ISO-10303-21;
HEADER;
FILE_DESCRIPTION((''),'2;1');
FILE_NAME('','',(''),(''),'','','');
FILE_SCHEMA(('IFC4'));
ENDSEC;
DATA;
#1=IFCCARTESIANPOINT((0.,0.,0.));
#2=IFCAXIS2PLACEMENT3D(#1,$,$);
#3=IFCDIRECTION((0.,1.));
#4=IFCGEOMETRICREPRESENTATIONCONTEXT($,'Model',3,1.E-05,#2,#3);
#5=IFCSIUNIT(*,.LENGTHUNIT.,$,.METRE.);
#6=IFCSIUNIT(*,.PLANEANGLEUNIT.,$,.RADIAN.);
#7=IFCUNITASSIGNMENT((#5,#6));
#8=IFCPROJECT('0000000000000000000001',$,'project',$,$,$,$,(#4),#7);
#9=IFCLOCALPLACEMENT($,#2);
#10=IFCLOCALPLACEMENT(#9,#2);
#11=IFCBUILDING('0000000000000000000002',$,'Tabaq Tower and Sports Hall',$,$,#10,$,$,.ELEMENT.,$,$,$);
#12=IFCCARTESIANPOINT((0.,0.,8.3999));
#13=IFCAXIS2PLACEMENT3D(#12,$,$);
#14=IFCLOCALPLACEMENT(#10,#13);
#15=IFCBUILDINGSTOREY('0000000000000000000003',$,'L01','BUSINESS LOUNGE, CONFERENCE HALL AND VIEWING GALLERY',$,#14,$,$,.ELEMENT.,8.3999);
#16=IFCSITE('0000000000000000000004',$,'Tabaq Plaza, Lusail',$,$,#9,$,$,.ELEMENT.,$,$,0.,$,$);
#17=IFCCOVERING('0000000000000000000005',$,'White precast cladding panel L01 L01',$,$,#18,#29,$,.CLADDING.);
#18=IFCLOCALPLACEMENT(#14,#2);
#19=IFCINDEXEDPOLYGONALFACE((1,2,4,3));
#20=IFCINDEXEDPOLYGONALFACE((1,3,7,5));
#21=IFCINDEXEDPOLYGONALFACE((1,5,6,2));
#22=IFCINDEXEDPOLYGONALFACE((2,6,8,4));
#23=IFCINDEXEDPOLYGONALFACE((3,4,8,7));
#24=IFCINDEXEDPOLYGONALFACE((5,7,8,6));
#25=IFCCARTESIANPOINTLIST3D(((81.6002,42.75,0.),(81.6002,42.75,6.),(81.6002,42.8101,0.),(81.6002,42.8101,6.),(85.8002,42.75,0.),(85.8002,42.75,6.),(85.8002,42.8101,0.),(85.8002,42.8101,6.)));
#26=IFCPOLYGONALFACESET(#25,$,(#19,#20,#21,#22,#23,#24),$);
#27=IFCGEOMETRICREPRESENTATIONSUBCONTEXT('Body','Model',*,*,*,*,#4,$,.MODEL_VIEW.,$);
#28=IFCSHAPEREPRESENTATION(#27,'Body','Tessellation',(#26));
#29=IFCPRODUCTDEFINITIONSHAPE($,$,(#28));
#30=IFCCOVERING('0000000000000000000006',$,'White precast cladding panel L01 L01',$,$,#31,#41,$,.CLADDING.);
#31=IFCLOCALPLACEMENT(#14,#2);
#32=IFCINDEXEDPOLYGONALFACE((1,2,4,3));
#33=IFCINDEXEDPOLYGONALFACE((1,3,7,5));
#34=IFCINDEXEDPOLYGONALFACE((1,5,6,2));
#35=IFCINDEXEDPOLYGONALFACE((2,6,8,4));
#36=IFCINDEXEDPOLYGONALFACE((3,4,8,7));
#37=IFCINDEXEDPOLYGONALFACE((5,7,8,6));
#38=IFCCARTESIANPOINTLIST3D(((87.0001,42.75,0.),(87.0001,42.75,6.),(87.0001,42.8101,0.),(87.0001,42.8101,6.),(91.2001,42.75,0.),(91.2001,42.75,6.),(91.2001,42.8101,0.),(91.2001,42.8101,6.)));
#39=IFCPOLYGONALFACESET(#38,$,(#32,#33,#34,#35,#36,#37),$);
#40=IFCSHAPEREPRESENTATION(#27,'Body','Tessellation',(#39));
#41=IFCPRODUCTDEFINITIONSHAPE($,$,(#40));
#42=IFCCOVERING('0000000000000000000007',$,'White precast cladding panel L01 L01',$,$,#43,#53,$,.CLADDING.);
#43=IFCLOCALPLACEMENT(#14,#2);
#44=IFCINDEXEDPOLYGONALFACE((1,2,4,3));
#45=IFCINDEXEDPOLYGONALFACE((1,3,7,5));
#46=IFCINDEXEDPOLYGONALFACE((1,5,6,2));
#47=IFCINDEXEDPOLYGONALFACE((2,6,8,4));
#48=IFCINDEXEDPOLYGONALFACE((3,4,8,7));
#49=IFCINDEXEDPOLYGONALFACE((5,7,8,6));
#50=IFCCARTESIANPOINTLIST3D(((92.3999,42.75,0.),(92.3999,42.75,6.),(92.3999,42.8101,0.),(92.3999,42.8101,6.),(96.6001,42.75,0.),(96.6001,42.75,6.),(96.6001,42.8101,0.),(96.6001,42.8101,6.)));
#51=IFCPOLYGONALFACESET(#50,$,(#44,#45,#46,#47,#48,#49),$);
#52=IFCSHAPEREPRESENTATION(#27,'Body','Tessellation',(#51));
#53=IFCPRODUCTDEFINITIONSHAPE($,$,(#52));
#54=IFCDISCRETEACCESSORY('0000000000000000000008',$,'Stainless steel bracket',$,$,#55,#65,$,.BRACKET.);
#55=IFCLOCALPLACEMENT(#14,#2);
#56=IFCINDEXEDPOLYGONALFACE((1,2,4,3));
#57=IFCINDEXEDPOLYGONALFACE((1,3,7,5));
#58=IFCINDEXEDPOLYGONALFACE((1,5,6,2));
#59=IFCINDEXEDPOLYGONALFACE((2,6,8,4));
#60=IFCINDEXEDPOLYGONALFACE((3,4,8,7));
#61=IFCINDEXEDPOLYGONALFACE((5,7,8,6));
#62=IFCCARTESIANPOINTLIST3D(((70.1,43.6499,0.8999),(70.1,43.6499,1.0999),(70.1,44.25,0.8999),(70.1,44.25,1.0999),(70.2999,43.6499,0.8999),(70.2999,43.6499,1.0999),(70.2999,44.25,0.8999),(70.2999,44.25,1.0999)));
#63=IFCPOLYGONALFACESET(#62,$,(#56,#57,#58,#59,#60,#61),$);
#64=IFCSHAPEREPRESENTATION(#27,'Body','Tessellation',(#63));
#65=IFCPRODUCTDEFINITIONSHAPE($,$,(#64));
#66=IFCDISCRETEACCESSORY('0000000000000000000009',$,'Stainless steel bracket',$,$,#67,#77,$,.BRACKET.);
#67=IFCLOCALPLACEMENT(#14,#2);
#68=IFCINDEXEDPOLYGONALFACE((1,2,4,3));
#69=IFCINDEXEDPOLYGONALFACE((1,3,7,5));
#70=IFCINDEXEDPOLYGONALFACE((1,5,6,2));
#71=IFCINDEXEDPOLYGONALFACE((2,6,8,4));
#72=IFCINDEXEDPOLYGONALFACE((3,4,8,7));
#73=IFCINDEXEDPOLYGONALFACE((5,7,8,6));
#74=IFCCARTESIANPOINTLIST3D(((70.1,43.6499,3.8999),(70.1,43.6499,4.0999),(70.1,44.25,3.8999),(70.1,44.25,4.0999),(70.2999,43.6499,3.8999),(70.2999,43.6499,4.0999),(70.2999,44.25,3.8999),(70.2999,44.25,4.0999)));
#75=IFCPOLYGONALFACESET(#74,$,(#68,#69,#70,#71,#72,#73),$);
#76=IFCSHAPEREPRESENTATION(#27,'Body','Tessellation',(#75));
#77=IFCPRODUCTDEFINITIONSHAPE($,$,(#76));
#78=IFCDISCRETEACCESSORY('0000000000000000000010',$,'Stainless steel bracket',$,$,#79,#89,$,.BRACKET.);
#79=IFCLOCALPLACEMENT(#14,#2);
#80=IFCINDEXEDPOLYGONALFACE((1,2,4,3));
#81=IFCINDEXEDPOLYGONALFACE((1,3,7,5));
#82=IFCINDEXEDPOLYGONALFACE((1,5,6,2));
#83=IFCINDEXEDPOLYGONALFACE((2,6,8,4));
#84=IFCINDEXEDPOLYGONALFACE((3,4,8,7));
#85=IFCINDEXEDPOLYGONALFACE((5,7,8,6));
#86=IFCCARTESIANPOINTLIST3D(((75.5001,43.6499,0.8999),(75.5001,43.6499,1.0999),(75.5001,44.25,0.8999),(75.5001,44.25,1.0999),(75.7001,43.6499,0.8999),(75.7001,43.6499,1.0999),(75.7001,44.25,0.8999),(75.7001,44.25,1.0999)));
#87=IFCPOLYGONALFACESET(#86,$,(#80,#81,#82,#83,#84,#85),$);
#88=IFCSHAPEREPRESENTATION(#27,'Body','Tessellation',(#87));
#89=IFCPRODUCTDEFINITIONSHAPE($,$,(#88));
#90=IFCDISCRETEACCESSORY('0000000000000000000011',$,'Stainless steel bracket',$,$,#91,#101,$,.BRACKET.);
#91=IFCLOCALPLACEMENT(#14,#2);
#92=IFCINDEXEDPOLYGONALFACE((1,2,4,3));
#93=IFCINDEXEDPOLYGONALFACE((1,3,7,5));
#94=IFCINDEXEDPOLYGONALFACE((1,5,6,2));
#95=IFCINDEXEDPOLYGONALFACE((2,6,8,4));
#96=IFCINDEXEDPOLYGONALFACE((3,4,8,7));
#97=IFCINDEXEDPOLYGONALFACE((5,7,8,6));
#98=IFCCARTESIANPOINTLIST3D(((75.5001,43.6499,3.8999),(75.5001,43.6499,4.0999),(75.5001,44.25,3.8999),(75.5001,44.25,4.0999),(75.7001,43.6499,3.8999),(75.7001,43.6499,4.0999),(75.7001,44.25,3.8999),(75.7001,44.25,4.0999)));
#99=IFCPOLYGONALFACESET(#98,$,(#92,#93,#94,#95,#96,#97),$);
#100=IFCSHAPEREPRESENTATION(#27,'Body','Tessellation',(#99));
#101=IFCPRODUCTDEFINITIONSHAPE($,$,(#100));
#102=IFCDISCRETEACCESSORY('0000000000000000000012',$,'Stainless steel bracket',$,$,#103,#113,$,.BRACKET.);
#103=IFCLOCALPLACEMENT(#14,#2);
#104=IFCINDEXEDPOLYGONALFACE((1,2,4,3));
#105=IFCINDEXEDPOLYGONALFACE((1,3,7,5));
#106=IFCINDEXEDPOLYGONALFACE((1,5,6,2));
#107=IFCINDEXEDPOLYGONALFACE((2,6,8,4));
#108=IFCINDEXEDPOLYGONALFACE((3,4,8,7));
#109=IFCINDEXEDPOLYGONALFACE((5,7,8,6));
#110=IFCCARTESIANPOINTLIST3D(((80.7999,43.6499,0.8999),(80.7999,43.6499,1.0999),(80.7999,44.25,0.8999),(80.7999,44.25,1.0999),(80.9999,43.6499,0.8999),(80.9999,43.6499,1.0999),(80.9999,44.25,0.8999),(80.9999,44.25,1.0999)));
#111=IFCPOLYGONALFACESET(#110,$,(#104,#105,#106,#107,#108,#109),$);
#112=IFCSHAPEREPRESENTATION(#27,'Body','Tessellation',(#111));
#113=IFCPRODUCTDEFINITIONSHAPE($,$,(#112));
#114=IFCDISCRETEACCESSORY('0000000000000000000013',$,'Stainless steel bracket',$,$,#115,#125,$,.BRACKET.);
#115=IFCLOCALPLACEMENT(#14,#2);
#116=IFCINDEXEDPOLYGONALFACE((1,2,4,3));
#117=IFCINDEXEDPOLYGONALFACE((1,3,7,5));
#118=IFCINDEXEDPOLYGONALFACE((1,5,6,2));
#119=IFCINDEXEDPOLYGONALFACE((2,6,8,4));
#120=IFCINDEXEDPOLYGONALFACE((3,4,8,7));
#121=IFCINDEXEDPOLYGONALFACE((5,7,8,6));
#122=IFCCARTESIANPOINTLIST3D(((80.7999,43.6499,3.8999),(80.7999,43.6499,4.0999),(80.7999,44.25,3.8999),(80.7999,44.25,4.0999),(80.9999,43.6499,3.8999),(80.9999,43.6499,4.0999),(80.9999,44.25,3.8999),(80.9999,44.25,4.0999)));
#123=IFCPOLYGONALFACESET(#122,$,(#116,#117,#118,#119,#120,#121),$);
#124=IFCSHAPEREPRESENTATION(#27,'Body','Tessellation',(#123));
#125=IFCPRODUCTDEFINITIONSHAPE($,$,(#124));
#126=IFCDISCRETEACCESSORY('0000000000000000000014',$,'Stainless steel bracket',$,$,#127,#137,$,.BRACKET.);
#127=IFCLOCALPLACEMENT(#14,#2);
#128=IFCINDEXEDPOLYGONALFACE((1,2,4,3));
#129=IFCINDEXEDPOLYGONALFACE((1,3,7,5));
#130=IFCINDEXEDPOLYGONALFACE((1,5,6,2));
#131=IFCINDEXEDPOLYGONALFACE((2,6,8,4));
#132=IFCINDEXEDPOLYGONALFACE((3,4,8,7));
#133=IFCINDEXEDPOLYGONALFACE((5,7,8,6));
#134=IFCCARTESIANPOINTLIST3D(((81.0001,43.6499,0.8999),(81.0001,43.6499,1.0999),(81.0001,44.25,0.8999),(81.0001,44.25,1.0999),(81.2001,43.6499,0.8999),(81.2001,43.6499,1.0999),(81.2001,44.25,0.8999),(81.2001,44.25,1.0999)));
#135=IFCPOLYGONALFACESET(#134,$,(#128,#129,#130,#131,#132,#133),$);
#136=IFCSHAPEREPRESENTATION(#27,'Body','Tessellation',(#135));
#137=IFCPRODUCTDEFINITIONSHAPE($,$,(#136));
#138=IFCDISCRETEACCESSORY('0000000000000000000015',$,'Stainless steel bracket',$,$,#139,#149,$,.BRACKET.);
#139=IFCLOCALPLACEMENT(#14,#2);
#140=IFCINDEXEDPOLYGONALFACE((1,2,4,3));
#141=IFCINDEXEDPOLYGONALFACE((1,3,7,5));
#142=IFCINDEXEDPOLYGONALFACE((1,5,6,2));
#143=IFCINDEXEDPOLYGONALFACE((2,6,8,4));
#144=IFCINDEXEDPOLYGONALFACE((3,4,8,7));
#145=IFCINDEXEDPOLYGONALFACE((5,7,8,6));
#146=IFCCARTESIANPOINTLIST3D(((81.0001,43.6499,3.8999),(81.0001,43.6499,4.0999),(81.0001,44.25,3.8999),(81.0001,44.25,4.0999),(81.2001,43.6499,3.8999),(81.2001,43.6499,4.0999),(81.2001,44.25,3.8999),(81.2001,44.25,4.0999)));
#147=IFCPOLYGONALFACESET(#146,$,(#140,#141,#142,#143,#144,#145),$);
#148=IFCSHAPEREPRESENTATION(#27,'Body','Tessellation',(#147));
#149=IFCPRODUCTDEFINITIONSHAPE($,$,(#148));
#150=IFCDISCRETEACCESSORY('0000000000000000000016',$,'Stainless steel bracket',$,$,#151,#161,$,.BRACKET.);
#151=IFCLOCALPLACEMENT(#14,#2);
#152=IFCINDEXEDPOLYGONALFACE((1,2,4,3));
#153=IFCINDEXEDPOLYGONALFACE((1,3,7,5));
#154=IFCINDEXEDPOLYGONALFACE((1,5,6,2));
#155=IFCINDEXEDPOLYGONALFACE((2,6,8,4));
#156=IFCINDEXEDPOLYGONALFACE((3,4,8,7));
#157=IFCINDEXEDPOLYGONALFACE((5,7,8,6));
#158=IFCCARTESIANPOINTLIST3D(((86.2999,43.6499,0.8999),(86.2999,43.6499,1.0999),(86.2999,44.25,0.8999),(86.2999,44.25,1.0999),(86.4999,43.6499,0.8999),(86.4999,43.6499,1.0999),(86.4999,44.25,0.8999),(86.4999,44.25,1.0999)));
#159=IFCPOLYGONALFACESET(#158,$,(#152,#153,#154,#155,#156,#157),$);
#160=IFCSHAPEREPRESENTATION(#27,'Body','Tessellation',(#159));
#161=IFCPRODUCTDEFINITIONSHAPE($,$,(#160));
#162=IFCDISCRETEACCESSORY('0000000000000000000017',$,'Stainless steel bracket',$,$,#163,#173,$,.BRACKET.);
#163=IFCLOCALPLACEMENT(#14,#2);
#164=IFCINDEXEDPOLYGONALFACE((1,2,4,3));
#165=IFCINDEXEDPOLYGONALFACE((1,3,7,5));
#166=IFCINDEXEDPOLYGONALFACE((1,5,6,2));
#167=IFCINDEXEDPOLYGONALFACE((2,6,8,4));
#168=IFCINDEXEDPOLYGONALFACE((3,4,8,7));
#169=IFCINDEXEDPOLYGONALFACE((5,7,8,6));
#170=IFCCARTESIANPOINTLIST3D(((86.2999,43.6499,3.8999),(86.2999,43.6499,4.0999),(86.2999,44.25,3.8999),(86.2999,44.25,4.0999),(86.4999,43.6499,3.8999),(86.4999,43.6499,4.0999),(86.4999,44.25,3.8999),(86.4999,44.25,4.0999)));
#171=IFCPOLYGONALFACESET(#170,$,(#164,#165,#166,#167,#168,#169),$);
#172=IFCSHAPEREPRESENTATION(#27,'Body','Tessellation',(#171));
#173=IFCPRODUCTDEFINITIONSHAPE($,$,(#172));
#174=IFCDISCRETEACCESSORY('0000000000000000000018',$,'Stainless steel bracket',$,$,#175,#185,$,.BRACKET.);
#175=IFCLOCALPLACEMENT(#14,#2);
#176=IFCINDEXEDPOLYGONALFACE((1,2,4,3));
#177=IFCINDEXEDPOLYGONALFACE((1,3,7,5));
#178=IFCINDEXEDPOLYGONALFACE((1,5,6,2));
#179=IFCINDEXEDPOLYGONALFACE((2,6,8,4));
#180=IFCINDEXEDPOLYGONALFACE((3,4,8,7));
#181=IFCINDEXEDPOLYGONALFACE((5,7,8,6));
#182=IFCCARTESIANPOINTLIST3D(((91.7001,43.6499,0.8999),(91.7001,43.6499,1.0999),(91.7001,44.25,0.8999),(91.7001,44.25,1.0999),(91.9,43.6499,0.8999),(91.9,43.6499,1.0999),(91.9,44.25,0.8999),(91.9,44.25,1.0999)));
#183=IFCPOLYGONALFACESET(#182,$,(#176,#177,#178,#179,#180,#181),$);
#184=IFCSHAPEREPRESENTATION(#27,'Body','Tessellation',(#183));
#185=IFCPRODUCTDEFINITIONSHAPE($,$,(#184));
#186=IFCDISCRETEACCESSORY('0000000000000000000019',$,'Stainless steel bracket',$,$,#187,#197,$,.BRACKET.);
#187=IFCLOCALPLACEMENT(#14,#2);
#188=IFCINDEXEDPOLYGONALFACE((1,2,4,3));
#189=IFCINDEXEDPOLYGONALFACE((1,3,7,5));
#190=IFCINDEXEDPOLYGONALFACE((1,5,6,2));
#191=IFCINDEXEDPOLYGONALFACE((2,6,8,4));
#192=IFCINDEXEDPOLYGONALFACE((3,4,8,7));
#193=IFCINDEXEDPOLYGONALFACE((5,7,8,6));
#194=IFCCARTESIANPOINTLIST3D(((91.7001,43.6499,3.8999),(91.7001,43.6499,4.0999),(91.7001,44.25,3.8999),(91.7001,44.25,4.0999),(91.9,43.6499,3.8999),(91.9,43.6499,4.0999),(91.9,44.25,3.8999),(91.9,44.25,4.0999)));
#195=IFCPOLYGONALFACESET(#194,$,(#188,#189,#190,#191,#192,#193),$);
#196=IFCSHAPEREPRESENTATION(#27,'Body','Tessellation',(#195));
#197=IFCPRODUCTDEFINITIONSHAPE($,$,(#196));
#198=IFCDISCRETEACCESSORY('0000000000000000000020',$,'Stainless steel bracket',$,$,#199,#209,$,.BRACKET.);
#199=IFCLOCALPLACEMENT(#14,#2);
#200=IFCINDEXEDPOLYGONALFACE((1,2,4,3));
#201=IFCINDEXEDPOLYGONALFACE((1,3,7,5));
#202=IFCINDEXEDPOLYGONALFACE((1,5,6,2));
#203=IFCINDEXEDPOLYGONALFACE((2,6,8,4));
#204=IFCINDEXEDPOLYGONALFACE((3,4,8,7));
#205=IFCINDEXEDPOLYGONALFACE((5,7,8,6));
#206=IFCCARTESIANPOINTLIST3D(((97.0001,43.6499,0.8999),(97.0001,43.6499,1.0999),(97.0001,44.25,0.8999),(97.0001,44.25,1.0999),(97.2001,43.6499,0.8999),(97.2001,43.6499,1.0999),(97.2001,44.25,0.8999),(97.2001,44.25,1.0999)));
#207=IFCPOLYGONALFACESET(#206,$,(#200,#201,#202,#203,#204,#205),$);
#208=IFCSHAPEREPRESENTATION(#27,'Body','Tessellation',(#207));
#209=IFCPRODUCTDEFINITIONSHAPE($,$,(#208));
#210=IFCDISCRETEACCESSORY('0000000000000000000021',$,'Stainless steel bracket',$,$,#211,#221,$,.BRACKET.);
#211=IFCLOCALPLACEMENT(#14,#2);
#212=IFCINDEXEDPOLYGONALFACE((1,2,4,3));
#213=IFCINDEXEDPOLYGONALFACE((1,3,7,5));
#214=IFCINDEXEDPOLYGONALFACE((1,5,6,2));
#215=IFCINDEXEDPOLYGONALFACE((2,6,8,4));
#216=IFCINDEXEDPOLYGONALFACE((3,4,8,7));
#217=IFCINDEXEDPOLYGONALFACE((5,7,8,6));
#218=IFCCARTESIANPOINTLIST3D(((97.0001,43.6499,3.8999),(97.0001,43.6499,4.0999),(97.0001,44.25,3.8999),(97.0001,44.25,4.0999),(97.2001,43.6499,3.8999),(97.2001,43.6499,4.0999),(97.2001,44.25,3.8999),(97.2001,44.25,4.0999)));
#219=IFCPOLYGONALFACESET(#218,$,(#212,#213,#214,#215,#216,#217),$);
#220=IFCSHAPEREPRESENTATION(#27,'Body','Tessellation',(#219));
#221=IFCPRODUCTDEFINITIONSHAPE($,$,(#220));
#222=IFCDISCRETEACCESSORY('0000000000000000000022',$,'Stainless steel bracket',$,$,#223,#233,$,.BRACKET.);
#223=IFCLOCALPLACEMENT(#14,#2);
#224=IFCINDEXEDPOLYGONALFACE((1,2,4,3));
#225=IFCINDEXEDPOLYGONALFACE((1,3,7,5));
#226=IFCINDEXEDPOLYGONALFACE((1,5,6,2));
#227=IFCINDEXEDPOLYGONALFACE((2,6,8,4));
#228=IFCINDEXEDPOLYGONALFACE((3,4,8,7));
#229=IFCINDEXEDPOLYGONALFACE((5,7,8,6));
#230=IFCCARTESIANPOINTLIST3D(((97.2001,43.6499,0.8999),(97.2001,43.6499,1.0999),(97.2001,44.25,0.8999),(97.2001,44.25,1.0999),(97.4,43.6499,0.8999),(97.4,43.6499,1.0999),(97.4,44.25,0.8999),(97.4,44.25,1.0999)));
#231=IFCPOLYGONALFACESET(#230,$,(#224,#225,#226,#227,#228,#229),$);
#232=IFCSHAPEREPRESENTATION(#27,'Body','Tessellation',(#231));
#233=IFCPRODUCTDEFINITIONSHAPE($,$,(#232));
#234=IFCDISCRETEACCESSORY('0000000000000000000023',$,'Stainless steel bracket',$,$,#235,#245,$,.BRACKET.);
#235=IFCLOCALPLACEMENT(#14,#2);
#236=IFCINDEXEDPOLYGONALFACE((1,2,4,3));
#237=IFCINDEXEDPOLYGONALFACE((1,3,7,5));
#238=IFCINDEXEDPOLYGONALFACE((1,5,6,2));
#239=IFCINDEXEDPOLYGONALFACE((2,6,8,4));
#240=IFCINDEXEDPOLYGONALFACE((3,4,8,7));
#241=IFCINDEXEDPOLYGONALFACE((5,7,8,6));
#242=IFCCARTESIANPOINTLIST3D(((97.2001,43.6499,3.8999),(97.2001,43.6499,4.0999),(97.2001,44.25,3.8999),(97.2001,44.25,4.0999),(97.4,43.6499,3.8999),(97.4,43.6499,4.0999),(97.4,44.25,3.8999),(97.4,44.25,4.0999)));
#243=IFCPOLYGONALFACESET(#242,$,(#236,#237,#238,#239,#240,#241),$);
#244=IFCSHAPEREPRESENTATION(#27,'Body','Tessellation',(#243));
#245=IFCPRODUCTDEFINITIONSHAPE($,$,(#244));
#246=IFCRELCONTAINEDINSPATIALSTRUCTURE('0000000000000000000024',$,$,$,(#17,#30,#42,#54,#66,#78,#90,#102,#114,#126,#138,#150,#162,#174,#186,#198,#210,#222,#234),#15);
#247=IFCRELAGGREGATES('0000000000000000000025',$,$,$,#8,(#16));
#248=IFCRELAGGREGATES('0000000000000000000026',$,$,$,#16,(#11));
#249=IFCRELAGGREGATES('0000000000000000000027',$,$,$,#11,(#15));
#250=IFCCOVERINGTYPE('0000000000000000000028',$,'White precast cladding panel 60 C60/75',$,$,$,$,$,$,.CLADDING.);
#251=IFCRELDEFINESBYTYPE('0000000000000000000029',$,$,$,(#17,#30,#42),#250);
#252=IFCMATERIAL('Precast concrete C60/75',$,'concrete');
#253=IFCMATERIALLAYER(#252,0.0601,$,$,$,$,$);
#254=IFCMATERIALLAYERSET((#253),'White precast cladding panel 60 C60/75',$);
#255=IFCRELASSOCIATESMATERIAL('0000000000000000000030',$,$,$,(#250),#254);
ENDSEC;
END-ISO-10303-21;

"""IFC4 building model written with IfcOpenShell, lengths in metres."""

from ifc_helpers import new_model, si_unit, direction, frame, frame_2d, origin, origin_2d, place, context, subcontext, project, spatial, rectangle, extrude, material, layer, layer_set, type_object, element, save


model = new_model("IFC4")

# Units and contexts
model_context = context("Model", 3, precision=1e-05, world=origin(), true_north=direction((0.0, 1.0)))
body_context = subcontext(model_context, "Body", "Model", "MODEL_VIEW")
ifc_project = project(units=[si_unit("LENGTHUNIT", "METRE"), si_unit("PLANEANGLEUNIT", "RADIAN")], contexts=[model_context])

# Site, building, storey
site_placement = place(None, origin())
site = spatial("IfcSite", under=ifc_project, at=site_placement, Name="Tabaq Plaza, Lusail", CompositionType="ELEMENT", RefElevation=0.0)
building_placement = place(site_placement, origin())
building = spatial("IfcBuilding", under=site, at=building_placement, Name="Tabaq Tower and Sports Hall", CompositionType="ELEMENT")
storey_placement = place(building_placement, frame((0.0, 0.0, 8.3999)))
storey = spatial("IfcBuildingStorey", under=building, at=storey_placement, Name="L01", Description="BUSINESS LOUNGE, CONFERENCE HALL AND VIEWING GALLERY", CompositionType="ELEMENT", Elevation=8.3999)

# Coverings
ifc_material_1 = material(Name="Precast concrete C60/75", Category="concrete")
ifc_layer_1 = layer(ifc_material_1, 0.0601)
ifc_layer_set_1 = layer_set([ifc_layer_1], Name="White precast cladding panel 60 C60/75")
covering_type_1 = type_object("IfcCoveringType", Name="White precast cladding panel 60 C60/75", PredefinedType="CLADDING", material=ifc_layer_set_1)
for number, where, z_axis, x_axis, name in (
    (1, (81.6001, 42.78, 0.0), (0.0, 0.0, 1.0), (1.0, 0.0, 0.0), "White precast cladding panel L01 L01"),
    (2, (87.0, 42.78, 0.0), (0.0, 0.0, 1.0), (1.0, 0.0, 0.0), "White precast cladding panel L01 L01"),
):
    element("IfcCovering", number, at=place(storey_placement, frame(where, z_axis=z_axis, x_axis=x_axis)), inside=storey, type_object=covering_type_1, Name=name, PredefinedType="CLADDING", context=body_context, shape_type="SweptSolid", body=[
        extrude(rectangle(XDim=4.2, YDim=0.0601, at=frame_2d((2.1001, 0.0))), origin(), (0.0, 0.0, 1.0), 6.0),
    ])
covering_1_placement = place(storey_placement, frame((92.3999, 42.78, 0.0), z_axis=(0.0, 0.0, 1.0), x_axis=(1.0, 0.0, 0.0)))
element("IfcCovering", 3, at=covering_1_placement, inside=storey, type_object=covering_type_1, Name="White precast cladding panel L01 L01", PredefinedType="CLADDING", context=body_context, shape_type="SweptSolid", body=[
    extrude(rectangle(XDim=4.2002, YDim=0.0601, at=frame_2d((2.1001, 0.0))), origin(), (0.0, 0.0, 1.0), 6.0),
])

# Discrete accessories
for number, where, z_axis, x_axis, name in (
    (4, (70.2, 43.95, 0.8999), (0.0, 0.0, 1.0), (1.0, 0.0, 0.0), "Stainless steel bracket"),
    (5, (70.2, 43.95, 3.8999), (0.0, 0.0, 1.0), (1.0, 0.0, 0.0), "Stainless steel bracket"),
    (6, (75.6001, 43.95, 0.8999), (0.0, 0.0, 1.0), (1.0, 0.0, 0.0), "Stainless steel bracket"),
    (7, (75.6001, 43.95, 3.8999), (0.0, 0.0, 1.0), (1.0, 0.0, 0.0), "Stainless steel bracket"),
    (8, (80.8999, 43.95, 0.8999), (0.0, 0.0, 1.0), (1.0, 0.0, 0.0), "Stainless steel bracket"),
    (9, (80.8999, 43.95, 3.8999), (0.0, 0.0, 1.0), (1.0, 0.0, 0.0), "Stainless steel bracket"),
    (10, (81.1001, 43.95, 0.8999), (0.0, 0.0, 1.0), (1.0, 0.0, 0.0), "Stainless steel bracket"),
    (11, (81.1001, 43.95, 3.8999), (0.0, 0.0, 1.0), (1.0, 0.0, 0.0), "Stainless steel bracket"),
    (12, (86.3999, 43.95, 0.8999), (0.0, 0.0, 1.0), (1.0, 0.0, 0.0), "Stainless steel bracket"),
    (13, (86.3999, 43.95, 3.8999), (0.0, 0.0, 1.0), (1.0, 0.0, 0.0), "Stainless steel bracket"),
    (14, (91.8, 43.95, 0.8999), (0.0, 0.0, 1.0), (1.0, 0.0, 0.0), "Stainless steel bracket"),
    (15, (91.8, 43.95, 3.8999), (0.0, 0.0, 1.0), (1.0, 0.0, 0.0), "Stainless steel bracket"),
    (16, (97.1001, 43.95, 0.8999), (0.0, 0.0, 1.0), (1.0, 0.0, 0.0), "Stainless steel bracket"),
    (17, (97.1001, 43.95, 3.8999), (0.0, 0.0, 1.0), (1.0, 0.0, 0.0), "Stainless steel bracket"),
    (18, (97.3, 43.95, 0.8999), (0.0, 0.0, 1.0), (1.0, 0.0, 0.0), "Stainless steel bracket"),
    (19, (97.3, 43.95, 3.8999), (0.0, 0.0, 1.0), (1.0, 0.0, 0.0), "Stainless steel bracket"),
):
    element("IfcDiscreteAccessory", number, at=place(storey_placement, frame(where, z_axis=z_axis, x_axis=x_axis)), inside=storey, Name=name, PredefinedType="BRACKET", context=body_context, shape_type="SweptSolid", body=[
        extrude(rectangle(XDim=0.2, YDim=0.6001, at=origin_2d()), origin(), (0.0, 0.0, 1.0), 0.2),
    ])

save(model, "model.ifc")
